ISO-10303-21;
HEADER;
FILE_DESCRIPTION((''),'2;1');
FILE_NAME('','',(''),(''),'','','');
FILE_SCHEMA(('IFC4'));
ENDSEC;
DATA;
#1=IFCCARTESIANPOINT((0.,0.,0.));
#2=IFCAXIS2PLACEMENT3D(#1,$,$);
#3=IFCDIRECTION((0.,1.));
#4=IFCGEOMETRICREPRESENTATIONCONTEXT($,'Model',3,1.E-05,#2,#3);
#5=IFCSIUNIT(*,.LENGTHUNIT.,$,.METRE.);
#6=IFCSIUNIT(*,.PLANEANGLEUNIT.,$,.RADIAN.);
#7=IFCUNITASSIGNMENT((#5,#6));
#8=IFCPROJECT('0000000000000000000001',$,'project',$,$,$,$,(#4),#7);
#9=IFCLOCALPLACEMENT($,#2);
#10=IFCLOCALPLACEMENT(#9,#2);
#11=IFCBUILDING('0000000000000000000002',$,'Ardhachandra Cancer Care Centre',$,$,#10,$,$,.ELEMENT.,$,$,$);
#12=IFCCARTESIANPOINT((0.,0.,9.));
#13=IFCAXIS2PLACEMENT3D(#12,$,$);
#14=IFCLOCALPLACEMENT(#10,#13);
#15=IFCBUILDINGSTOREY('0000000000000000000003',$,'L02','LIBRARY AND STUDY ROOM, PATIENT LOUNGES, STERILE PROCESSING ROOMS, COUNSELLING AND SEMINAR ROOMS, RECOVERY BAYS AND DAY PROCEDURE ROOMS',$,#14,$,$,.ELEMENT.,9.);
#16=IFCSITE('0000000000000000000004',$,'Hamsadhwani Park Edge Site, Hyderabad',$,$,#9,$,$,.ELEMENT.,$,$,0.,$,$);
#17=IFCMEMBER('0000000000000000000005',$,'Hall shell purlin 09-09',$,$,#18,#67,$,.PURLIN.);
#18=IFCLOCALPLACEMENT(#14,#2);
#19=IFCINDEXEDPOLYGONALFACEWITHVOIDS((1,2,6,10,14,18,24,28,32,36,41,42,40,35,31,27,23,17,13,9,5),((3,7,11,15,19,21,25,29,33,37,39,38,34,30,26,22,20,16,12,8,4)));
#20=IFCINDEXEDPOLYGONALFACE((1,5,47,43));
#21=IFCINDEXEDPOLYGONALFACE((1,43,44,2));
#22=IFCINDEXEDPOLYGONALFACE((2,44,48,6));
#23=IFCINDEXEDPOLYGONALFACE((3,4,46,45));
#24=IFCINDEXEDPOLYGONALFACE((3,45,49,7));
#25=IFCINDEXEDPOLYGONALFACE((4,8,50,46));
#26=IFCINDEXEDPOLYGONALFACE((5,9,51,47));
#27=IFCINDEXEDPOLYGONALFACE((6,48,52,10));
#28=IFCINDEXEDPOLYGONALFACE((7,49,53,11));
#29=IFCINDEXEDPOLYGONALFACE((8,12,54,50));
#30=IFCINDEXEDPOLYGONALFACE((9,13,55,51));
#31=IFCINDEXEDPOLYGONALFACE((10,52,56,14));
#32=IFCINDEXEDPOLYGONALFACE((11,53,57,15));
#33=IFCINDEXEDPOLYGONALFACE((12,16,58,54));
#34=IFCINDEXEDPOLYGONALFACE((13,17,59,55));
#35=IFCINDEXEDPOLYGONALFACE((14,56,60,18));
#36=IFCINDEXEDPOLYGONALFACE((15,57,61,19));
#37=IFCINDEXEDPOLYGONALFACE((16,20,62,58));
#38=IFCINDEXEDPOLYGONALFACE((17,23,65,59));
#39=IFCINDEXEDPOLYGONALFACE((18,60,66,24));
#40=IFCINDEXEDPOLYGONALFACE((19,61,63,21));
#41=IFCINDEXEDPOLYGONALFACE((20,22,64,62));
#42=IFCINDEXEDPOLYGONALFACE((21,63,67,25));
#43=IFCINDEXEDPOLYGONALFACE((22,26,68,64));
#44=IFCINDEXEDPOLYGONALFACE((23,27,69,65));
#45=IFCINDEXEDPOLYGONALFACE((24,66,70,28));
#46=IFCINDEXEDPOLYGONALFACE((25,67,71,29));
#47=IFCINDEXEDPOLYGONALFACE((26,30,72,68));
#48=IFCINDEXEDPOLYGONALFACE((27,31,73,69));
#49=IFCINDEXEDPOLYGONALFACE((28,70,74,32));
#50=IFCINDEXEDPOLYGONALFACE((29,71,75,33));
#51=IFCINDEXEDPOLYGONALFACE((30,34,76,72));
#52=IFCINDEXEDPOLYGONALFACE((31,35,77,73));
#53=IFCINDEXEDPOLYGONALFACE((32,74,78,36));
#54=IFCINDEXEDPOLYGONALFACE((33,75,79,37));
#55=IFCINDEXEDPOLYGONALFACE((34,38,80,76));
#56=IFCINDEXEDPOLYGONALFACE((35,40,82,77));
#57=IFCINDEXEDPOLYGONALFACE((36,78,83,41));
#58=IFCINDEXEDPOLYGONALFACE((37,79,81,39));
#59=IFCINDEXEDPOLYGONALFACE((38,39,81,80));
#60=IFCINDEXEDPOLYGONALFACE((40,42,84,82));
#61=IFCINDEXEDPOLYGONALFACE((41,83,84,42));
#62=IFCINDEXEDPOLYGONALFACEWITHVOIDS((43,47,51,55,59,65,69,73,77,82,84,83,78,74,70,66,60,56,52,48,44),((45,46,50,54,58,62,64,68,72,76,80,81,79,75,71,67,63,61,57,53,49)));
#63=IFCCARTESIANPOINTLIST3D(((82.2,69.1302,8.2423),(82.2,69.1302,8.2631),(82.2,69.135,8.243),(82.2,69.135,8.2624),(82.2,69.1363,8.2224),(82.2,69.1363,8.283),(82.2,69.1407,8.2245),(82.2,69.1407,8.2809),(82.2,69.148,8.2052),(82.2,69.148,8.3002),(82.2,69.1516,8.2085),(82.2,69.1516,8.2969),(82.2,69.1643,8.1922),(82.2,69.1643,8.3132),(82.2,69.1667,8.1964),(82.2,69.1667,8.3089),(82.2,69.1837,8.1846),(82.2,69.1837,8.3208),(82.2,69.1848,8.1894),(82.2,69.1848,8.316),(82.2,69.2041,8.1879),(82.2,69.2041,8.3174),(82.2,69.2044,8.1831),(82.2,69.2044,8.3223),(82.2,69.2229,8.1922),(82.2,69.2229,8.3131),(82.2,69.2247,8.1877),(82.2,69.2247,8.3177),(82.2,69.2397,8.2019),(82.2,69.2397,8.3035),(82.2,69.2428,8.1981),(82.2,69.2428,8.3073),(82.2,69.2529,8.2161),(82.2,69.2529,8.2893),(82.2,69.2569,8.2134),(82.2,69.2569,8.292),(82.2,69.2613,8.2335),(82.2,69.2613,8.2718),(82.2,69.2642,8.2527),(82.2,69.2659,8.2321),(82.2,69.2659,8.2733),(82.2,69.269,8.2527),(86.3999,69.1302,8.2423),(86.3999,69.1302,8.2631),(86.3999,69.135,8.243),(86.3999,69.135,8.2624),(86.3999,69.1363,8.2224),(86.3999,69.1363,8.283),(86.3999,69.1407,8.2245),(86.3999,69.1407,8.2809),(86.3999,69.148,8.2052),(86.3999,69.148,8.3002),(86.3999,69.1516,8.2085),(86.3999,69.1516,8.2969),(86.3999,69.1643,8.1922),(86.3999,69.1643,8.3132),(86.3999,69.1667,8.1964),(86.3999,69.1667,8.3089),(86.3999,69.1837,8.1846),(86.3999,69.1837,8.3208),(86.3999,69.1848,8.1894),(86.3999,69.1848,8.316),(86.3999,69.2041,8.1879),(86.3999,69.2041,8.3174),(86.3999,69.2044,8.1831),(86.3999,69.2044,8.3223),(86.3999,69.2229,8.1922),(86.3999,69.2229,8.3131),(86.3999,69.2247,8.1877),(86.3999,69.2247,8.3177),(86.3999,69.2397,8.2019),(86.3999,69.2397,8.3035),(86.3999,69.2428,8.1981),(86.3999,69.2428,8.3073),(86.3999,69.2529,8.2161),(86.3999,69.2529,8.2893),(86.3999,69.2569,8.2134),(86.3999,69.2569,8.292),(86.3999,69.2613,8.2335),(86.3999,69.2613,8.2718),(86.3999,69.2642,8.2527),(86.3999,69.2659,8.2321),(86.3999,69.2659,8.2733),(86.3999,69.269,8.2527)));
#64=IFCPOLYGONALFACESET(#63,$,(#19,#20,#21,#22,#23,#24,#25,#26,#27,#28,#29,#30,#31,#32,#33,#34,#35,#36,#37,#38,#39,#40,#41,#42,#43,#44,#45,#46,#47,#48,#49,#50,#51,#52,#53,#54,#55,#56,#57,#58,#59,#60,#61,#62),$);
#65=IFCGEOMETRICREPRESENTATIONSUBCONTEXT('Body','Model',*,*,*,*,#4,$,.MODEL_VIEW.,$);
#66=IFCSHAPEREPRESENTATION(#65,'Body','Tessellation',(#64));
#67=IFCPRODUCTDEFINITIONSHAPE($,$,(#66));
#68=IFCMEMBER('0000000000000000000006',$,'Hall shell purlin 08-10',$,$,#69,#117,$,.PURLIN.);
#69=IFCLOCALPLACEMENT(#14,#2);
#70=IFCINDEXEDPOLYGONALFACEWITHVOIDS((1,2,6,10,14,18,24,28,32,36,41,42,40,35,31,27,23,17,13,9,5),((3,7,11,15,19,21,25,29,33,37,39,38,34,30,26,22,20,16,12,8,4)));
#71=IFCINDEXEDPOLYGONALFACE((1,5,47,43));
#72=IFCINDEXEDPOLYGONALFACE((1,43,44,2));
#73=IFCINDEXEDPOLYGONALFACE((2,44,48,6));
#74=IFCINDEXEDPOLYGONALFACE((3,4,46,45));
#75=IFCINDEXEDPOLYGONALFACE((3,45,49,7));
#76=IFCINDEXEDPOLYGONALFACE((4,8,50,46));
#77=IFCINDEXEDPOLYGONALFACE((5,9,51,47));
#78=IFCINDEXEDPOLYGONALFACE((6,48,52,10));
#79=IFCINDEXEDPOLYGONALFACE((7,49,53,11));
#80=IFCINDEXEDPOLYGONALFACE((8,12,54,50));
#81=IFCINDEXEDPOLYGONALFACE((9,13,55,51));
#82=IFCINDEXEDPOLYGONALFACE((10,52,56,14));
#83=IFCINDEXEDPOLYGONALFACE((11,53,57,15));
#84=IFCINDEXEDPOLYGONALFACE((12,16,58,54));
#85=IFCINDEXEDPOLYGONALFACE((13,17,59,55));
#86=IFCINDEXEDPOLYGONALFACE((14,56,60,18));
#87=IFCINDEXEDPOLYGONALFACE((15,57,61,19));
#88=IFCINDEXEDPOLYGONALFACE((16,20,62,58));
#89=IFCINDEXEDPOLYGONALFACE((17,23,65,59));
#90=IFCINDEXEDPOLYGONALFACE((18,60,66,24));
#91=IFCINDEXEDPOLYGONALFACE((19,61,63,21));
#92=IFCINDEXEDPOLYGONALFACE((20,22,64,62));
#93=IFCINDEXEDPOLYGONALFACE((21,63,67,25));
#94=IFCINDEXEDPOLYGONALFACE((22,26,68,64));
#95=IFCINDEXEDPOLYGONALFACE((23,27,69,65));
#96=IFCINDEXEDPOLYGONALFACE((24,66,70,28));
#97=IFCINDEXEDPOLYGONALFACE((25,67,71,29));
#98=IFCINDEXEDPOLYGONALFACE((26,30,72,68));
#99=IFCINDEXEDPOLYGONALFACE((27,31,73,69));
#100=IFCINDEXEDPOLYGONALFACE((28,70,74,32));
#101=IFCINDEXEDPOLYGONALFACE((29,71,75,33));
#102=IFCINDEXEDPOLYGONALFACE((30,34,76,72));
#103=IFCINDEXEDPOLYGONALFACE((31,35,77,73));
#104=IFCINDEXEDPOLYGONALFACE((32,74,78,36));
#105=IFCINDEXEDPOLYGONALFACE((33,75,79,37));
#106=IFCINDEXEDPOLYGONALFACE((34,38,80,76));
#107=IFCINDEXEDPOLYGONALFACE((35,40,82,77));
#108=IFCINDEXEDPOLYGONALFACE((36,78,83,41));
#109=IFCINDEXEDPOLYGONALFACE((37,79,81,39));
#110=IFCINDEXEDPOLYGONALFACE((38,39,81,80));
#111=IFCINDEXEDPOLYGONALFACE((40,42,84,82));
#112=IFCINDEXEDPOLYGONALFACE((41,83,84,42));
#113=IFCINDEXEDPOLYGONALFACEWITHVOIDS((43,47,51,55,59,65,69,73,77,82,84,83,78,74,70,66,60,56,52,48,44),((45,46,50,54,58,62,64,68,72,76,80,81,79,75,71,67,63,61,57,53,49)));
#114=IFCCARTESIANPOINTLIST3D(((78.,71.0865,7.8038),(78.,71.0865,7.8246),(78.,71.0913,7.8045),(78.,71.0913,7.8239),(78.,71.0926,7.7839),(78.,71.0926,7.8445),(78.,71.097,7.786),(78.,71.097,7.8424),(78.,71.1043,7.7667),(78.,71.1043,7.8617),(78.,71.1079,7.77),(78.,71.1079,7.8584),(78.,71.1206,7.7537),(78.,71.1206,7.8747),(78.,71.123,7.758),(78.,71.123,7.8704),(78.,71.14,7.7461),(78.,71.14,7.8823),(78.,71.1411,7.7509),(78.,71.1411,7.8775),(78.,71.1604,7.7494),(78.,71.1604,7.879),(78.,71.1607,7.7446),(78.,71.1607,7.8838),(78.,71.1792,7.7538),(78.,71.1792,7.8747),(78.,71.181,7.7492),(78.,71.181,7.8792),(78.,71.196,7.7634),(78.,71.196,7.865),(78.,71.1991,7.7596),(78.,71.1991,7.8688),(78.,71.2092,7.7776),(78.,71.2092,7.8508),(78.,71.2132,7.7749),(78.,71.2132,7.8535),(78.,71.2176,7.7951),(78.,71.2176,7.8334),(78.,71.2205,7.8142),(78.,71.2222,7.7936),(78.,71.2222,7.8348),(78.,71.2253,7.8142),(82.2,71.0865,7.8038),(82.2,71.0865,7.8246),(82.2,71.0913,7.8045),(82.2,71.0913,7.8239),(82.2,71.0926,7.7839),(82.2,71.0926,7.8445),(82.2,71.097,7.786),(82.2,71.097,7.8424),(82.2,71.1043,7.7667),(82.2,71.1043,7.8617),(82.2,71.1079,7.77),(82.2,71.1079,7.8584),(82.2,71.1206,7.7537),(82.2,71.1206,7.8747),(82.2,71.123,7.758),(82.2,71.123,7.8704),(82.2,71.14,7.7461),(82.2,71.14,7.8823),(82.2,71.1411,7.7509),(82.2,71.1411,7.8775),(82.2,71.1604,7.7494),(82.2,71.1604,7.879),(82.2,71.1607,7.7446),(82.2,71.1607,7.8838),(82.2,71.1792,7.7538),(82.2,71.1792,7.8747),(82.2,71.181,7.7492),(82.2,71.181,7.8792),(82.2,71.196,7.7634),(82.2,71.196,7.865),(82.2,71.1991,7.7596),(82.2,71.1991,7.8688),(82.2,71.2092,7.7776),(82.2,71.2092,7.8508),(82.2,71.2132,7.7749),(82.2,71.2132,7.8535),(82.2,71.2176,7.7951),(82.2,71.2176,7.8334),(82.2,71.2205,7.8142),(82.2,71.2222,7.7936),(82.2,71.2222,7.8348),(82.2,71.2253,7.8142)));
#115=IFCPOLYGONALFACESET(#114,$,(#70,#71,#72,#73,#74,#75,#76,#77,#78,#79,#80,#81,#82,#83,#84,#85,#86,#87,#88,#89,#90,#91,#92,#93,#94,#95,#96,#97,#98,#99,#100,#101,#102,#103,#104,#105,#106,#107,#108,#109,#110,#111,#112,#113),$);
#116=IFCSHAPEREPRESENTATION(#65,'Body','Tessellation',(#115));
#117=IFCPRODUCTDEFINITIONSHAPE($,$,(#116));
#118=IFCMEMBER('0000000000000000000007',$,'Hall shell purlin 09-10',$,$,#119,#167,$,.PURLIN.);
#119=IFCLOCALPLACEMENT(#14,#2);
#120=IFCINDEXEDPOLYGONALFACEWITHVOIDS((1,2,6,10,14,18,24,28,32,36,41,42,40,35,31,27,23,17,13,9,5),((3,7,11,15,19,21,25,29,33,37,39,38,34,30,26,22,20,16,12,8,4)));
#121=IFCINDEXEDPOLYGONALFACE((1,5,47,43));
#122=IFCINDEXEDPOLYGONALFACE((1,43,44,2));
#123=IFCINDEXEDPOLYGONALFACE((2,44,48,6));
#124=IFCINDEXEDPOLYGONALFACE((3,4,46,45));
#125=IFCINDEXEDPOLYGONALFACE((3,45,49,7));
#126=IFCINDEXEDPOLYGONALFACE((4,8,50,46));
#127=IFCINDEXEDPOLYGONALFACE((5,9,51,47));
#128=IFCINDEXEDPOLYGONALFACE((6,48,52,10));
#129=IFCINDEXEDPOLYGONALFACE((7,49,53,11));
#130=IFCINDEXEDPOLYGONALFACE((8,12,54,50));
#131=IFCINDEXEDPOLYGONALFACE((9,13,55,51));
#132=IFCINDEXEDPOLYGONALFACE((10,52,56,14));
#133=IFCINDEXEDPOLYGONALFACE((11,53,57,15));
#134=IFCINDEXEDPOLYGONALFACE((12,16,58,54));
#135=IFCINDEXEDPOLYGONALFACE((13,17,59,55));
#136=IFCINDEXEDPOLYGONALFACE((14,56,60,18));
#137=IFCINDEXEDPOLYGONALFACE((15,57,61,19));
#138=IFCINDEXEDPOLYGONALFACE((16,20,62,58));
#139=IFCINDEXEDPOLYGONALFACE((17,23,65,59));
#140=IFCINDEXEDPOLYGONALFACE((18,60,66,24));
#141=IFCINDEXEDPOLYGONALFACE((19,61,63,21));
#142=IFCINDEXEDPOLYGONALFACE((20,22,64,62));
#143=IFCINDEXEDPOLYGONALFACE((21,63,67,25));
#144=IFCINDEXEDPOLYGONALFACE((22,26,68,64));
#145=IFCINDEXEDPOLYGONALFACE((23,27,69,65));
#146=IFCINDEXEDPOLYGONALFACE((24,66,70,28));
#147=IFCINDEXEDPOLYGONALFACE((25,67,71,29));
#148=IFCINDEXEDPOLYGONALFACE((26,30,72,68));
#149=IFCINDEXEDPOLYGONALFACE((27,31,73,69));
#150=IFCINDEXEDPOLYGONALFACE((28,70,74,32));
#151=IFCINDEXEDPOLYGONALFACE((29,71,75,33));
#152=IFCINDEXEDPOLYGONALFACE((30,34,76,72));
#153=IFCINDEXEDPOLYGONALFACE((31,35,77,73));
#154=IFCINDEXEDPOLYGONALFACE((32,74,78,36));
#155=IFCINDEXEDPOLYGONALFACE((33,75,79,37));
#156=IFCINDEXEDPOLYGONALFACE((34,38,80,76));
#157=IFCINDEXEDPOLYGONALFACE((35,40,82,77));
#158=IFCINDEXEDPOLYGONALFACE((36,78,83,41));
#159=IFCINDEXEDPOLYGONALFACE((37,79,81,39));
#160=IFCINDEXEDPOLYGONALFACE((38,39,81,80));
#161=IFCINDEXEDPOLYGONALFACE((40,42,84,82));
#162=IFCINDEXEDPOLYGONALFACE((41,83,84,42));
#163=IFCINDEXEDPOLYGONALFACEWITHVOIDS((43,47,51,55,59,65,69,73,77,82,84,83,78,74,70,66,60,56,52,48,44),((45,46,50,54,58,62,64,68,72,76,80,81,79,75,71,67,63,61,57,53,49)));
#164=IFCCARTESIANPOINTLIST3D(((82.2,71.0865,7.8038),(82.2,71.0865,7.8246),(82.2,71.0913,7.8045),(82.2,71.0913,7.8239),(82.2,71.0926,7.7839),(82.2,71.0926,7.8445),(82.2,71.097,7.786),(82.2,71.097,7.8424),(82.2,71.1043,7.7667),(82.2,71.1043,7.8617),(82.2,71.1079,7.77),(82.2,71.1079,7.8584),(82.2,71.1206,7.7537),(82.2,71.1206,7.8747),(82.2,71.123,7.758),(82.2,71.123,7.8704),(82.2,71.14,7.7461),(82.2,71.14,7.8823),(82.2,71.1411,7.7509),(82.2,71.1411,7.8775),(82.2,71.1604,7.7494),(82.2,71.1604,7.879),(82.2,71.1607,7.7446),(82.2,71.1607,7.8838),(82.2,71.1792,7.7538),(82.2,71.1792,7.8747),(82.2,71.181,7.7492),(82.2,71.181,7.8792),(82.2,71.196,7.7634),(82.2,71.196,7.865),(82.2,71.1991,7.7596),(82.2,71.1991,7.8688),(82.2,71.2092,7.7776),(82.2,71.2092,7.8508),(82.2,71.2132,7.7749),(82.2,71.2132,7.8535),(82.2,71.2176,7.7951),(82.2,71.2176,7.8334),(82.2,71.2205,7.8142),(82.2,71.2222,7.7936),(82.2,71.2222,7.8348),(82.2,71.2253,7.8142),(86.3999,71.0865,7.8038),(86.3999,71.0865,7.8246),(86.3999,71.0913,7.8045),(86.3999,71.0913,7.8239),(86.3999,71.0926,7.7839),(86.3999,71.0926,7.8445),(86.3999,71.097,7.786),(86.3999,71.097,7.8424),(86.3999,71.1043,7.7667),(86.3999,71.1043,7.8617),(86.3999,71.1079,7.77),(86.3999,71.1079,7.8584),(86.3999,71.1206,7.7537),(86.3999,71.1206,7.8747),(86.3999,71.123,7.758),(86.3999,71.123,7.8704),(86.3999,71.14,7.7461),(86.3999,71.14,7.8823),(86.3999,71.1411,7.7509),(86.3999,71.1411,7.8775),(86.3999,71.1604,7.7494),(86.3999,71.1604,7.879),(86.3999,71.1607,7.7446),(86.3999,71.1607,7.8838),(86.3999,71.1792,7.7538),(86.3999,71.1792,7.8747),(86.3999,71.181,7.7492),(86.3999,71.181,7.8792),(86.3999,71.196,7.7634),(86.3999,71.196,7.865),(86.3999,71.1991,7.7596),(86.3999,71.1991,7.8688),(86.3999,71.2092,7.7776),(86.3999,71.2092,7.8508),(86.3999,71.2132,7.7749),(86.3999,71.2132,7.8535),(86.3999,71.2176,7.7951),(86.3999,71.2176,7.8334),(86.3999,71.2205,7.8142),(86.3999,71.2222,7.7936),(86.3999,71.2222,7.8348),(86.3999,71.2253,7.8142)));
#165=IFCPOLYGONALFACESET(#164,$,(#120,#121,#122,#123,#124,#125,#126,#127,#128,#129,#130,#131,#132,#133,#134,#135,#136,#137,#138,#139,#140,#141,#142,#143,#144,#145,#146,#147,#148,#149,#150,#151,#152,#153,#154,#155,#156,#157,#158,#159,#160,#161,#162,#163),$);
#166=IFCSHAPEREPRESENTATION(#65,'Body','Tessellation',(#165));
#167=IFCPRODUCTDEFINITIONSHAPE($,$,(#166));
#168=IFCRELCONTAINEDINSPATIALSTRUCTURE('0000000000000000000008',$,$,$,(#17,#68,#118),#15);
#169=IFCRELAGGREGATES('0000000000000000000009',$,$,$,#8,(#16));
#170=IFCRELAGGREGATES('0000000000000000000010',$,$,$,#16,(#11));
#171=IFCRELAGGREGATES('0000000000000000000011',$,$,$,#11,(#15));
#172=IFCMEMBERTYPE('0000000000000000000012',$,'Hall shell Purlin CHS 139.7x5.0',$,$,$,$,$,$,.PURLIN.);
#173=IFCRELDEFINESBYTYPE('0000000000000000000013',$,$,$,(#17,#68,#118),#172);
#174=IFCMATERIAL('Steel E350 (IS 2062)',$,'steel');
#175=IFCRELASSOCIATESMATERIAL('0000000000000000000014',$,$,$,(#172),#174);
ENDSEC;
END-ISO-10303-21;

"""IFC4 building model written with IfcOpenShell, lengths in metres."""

from ifc_helpers import new_model, si_unit, direction, frame, origin, origin_2d, place, context, subcontext, project, spatial, hollow_circle, extrude, material, material_profile, profile_set, type_object, element, save


model = new_model("IFC4")

# Units and contexts
model_context = context("Model", 3, precision=1e-05, world=origin(), true_north=direction((0.0, 1.0)))
body_context = subcontext(model_context, "Body", "Model", "MODEL_VIEW")
ifc_project = project(units=[si_unit("LENGTHUNIT", "METRE"), si_unit("PLANEANGLEUNIT", "RADIAN")], contexts=[model_context])

# Site, building, storey
site_placement = place(None, origin())
site = spatial("IfcSite", under=ifc_project, at=site_placement, Name="Hamsadhwani Park Edge Site, Hyderabad", CompositionType="ELEMENT", RefElevation=0.0)
building_placement = place(site_placement, origin())
building = spatial("IfcBuilding", under=site, at=building_placement, Name="Ardhachandra Cancer Care Centre", CompositionType="ELEMENT")
storey_placement = place(building_placement, frame((0.0, 0.0, 9.0)))
storey = spatial("IfcBuildingStorey", under=building, at=storey_placement, Name="L02", Description="LIBRARY AND STUDY ROOM, PATIENT LOUNGES, STERILE PROCESSING ROOMS, COUNSELLING AND SEMINAR ROOMS, RECOVERY BAYS AND DAY PROCEDURE ROOMS", CompositionType="ELEMENT", Elevation=9.0)

# Members
ifc_material_1 = material(Name="Steel E350 (IS 2062)", Category="steel")
ifc_material_profile_1 = material_profile(ifc_material_1, hollow_circle(Radius=0.0698, WallThickness=0.0049, at=origin_2d()), Name="CHS 139.7x5.0")
ifc_profile_set_1 = profile_set([ifc_material_profile_1], Name="Steel E350 (IS 2062)")
member_type_1 = type_object("IfcMemberType", Name="Hall shell Purlin CHS 139.7x5.0", PredefinedType="PURLIN", material=ifc_profile_set_1)
for number, where, z_axis, x_axis, name in (
    (1, (82.2, 69.1992, 8.2527), (1.0, 0.0, 0.0), (0.0, 1.0, 0.0), "Hall shell purlin 09-09"),
    (2, (78.0, 71.1555, 7.8142), (1.0, 0.0, 0.0), (0.0, 1.0, 0.0), "Hall shell purlin 08-10"),
    (3, (82.2, 71.1555, 7.8142), (1.0, 0.0, 0.0), (0.0, 1.0, 0.0), "Hall shell purlin 09-10"),
):
    element("IfcMember", number, at=place(storey_placement, frame(where, z_axis=z_axis, x_axis=x_axis)), inside=storey, type_object=member_type_1, Name=name, PredefinedType="PURLIN", context=body_context, shape_type="SweptSolid", body=[
        extrude(hollow_circle(Radius=0.0698, WallThickness=0.0049, at=origin_2d()), origin(), (0.0, 0.0, 1.0), 4.2),
    ])

save(model, "model.ifc")
